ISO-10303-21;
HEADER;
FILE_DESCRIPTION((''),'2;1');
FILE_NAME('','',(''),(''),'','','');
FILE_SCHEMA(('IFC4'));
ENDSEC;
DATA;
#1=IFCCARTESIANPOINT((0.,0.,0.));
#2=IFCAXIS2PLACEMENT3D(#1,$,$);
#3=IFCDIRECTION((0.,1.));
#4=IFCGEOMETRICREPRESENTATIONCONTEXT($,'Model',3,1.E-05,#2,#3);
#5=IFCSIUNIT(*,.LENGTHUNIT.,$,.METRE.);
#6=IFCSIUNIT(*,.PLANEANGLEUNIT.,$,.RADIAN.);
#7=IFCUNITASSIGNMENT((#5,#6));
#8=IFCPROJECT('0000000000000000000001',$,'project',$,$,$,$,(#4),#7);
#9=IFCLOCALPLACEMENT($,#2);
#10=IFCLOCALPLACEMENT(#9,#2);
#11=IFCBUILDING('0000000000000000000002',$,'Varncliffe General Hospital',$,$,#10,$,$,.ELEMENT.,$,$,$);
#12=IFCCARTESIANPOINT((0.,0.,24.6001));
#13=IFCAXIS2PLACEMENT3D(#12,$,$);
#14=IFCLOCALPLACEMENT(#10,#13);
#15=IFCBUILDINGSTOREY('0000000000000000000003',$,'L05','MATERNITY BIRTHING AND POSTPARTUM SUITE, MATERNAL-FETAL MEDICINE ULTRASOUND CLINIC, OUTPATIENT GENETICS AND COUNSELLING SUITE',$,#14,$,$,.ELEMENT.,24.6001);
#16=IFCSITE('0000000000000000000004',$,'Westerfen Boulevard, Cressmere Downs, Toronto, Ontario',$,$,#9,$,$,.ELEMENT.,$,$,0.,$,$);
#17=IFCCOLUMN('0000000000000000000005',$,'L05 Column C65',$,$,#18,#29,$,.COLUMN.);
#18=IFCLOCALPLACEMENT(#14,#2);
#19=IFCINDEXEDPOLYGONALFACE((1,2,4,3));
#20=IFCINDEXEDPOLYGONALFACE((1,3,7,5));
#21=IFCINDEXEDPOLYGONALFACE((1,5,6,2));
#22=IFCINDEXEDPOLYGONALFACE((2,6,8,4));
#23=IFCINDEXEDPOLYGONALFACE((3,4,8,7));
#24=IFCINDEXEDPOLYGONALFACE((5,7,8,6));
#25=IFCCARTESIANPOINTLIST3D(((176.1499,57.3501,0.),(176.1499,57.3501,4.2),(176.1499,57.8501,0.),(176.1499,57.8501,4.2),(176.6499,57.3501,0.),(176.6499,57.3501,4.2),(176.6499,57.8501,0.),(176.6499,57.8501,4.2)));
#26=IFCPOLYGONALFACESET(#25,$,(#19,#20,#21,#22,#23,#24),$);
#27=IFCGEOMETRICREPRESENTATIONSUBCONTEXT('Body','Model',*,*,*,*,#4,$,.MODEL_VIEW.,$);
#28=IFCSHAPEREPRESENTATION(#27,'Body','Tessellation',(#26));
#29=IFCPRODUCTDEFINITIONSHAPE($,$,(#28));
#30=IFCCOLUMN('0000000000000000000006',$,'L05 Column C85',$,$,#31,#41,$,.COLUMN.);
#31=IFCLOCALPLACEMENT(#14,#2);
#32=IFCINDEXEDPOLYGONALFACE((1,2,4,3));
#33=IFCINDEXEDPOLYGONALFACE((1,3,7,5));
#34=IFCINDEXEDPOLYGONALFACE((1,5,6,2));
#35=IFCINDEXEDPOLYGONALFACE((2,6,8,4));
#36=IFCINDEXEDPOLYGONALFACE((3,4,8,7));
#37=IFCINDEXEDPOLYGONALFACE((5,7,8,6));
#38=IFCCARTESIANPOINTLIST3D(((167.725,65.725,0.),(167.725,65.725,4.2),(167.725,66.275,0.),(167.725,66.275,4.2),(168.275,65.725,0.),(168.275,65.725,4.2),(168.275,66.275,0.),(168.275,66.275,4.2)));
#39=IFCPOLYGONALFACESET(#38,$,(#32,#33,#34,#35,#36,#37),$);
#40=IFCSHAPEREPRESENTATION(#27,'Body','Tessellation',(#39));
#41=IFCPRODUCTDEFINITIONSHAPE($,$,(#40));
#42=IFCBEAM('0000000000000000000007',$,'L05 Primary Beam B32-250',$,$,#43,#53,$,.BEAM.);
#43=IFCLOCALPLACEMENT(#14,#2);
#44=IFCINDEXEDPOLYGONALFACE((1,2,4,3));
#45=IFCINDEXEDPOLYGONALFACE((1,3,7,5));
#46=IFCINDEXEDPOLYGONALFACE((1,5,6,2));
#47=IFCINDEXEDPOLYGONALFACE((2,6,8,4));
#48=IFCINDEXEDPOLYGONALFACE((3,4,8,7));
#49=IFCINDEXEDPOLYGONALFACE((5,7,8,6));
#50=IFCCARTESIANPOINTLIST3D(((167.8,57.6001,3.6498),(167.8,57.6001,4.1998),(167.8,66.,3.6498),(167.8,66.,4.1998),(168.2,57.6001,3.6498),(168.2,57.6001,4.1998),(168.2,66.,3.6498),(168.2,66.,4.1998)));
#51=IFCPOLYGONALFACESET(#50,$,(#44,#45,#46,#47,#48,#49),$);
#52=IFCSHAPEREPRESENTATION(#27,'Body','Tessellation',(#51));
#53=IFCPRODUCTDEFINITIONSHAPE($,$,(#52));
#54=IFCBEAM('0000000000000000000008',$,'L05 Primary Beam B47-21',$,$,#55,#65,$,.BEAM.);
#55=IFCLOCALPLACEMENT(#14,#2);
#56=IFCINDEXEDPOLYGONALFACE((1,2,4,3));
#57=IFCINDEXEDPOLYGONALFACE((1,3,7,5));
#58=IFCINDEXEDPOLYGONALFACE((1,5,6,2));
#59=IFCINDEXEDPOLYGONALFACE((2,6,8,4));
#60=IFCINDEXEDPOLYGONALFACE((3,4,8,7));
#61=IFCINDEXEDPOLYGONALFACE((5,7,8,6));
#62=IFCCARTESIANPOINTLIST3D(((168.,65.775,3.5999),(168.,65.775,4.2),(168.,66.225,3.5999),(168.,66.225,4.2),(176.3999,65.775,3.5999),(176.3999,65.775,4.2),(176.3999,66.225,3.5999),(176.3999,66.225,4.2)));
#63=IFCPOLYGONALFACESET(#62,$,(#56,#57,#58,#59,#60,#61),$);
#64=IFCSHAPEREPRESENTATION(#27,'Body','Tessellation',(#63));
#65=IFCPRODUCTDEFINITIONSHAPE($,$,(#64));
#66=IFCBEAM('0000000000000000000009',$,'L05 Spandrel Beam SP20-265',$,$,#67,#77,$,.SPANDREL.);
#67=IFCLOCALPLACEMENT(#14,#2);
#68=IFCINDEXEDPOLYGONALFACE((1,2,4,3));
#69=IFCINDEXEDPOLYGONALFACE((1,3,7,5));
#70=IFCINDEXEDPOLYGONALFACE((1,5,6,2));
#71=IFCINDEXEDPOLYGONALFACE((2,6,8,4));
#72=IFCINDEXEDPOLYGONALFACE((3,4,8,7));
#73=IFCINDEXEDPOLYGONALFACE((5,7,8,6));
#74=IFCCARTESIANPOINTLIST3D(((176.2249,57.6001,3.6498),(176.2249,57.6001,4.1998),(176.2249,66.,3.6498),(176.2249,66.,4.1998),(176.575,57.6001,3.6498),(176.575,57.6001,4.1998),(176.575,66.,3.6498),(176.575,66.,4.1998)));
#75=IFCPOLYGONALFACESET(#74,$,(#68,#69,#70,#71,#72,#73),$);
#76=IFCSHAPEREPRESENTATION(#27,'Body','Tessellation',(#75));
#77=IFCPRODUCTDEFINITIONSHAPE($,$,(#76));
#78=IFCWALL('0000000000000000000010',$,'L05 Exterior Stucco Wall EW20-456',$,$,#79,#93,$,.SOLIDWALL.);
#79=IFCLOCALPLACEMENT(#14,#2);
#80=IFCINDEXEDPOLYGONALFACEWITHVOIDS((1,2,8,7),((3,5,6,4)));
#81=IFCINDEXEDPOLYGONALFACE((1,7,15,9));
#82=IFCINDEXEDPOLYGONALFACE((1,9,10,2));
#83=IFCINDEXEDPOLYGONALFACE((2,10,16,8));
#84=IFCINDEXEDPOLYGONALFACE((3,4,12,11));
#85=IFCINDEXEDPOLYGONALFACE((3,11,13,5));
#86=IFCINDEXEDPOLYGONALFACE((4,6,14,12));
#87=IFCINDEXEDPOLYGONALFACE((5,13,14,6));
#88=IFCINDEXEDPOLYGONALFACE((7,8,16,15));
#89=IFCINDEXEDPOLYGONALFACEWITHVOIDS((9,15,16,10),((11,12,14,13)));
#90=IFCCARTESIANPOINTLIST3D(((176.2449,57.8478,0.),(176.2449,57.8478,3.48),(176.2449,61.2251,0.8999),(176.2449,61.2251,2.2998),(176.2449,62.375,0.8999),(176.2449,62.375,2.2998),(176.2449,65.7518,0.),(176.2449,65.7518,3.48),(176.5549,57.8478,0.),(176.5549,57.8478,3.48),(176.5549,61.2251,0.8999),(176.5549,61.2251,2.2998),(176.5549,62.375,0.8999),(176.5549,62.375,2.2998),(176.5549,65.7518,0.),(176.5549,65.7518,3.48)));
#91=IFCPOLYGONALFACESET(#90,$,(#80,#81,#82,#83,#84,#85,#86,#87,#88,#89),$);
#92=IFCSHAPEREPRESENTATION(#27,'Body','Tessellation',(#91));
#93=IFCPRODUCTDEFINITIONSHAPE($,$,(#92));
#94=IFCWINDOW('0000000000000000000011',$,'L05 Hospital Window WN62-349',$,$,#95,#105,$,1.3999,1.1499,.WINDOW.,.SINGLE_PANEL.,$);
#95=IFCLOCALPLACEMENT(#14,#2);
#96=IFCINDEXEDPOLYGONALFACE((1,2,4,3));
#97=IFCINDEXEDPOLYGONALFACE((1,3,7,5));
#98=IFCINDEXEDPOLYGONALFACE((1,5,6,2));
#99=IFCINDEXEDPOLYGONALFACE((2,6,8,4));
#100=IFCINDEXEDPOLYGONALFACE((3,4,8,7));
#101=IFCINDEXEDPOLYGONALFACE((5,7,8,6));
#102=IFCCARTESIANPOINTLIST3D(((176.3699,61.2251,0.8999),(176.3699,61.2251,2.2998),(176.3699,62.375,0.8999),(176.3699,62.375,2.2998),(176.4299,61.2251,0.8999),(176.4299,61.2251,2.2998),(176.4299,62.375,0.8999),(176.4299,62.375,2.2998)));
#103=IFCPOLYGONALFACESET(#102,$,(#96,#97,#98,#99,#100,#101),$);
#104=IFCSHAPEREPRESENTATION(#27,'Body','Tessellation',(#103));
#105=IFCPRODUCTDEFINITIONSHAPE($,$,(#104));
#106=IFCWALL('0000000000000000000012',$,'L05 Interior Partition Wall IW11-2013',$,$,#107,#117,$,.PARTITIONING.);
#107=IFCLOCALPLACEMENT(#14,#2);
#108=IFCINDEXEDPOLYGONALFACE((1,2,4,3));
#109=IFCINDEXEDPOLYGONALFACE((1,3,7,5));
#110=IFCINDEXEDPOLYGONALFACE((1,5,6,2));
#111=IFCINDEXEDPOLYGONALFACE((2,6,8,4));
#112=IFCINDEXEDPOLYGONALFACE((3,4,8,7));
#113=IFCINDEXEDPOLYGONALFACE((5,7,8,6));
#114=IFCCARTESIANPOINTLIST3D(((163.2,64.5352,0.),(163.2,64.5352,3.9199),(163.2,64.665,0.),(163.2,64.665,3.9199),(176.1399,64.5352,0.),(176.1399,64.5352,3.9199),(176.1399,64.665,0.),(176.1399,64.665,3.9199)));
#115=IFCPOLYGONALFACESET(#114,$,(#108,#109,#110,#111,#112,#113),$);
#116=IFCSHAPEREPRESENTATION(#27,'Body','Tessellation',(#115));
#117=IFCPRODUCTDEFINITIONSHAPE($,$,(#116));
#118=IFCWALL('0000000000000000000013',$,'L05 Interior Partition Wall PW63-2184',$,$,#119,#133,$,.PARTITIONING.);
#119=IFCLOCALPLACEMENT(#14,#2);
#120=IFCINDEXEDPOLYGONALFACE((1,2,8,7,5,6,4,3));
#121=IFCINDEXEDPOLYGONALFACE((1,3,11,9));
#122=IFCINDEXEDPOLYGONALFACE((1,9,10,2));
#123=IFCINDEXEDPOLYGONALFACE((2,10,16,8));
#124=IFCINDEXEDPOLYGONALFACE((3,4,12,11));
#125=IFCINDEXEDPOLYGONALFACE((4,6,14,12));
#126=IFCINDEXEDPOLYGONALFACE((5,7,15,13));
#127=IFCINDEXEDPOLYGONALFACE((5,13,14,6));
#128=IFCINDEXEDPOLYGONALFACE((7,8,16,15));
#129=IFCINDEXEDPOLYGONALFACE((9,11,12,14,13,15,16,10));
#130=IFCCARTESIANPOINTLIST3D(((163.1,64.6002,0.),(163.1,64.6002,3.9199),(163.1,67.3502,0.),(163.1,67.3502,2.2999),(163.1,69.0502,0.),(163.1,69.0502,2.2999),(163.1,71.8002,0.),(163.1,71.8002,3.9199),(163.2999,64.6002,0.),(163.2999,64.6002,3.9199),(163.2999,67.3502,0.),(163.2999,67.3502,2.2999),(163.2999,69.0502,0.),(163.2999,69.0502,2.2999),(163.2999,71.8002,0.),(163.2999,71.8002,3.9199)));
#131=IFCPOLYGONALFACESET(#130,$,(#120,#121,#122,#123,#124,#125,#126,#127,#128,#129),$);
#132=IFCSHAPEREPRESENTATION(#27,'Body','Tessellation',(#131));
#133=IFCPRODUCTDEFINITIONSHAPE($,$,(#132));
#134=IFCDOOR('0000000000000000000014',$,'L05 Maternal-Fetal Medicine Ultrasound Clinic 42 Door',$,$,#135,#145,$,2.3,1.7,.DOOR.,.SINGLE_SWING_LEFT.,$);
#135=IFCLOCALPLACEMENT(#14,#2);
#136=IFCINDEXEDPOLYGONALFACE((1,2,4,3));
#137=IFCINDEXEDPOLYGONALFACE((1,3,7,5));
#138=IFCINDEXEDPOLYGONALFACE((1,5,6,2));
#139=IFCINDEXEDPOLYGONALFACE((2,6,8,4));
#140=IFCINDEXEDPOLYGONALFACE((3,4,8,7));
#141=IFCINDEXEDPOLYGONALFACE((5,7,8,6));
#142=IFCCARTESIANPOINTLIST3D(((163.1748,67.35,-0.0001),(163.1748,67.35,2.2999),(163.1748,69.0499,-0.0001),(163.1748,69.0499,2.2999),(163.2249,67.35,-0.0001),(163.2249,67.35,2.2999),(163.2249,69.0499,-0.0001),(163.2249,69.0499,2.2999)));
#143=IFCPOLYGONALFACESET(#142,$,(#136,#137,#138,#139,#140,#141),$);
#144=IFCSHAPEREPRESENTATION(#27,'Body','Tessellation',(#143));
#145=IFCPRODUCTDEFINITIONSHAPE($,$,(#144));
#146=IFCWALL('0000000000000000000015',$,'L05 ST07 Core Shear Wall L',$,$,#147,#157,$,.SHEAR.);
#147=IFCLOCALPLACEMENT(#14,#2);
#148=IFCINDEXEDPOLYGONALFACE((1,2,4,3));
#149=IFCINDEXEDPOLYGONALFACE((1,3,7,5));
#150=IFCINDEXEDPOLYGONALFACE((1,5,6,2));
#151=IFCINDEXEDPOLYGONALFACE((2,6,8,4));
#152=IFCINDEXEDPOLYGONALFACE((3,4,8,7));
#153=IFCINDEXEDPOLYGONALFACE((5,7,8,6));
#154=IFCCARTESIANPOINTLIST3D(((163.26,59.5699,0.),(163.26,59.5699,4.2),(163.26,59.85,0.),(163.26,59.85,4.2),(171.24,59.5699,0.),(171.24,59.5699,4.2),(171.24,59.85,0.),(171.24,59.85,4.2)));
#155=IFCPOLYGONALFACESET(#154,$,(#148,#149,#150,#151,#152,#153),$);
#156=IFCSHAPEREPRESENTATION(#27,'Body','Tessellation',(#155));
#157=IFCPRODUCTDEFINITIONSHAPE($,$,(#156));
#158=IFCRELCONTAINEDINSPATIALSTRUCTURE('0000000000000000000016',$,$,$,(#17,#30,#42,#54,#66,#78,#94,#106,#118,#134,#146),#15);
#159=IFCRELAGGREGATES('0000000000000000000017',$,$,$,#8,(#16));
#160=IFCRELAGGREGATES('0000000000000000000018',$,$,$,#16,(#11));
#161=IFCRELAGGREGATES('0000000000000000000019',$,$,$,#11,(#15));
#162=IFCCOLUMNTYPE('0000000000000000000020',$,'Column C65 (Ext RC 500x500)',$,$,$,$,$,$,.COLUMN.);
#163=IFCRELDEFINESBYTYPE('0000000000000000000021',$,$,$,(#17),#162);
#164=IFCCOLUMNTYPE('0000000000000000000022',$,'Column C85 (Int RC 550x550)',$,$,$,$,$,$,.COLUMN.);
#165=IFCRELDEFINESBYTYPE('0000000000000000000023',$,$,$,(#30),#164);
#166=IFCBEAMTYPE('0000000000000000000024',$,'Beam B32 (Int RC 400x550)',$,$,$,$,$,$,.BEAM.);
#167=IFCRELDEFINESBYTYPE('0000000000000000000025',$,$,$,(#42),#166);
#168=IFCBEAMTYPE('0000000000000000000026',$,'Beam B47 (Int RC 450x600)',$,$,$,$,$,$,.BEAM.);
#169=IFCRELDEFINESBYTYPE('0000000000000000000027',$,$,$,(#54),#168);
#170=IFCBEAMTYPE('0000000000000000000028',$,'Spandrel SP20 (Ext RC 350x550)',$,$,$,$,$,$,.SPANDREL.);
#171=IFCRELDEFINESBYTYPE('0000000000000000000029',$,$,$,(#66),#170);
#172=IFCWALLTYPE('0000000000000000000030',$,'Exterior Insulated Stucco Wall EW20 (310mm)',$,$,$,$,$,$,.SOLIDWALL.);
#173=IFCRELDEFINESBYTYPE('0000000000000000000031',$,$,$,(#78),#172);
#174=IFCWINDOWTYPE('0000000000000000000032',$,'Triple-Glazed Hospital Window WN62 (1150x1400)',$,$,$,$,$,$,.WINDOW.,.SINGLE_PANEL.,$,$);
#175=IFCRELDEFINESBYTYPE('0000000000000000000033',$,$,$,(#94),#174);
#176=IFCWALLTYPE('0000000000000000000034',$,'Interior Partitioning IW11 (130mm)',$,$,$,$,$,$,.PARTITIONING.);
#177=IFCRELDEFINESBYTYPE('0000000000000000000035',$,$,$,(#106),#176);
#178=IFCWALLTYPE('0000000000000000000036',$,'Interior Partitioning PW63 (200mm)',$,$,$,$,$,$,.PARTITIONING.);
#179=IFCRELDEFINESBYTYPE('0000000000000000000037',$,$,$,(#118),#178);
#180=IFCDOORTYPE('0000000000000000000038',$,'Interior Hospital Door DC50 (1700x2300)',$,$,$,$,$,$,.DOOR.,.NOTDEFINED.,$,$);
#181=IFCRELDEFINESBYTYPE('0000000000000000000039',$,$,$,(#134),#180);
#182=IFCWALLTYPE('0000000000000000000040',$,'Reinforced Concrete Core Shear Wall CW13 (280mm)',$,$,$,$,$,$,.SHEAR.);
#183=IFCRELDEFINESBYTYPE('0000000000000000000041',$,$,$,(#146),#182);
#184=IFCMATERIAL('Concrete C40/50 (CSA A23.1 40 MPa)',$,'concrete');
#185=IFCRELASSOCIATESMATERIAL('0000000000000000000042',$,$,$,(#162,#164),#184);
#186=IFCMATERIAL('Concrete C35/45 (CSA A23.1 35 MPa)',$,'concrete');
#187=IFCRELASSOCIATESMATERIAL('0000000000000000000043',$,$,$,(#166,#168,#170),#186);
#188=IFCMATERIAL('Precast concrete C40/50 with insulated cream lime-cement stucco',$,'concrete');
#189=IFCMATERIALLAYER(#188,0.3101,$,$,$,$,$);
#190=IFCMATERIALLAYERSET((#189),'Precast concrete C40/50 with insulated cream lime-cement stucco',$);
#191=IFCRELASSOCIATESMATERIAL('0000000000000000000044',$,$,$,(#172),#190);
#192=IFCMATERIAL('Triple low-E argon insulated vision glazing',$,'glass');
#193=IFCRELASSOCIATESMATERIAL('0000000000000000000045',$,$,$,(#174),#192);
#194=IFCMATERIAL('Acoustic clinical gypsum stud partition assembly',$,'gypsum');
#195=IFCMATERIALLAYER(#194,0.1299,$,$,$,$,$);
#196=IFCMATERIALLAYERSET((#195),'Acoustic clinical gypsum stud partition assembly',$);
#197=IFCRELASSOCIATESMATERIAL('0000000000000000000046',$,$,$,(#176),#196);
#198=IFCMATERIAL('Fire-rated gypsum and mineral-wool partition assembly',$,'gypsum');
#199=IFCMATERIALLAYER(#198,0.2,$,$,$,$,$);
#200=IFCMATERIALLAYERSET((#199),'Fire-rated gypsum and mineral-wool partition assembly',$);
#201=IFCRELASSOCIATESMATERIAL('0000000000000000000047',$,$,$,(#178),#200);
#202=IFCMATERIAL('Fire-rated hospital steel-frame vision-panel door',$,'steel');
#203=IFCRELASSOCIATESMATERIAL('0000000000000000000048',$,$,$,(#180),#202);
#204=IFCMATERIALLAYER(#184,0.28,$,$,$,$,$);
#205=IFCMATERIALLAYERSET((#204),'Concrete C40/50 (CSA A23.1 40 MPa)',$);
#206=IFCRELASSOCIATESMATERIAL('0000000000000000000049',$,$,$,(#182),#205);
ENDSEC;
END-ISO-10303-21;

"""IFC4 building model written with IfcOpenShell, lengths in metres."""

from ifc_helpers import new_model, si_unit, direction, frame, frame_2d, origin, origin_2d, place, context, subcontext, project, spatial, rectangle, extrude, material, layer, layer_set, material_profile, profile_set, type_object, element, fill, save


model = new_model("IFC4")

# Units and contexts
model_context = context("Model", 3, precision=1e-05, world=origin(), true_north=direction((0.0, 1.0)))
body_context = subcontext(model_context, "Body", "Model", "MODEL_VIEW")
ifc_project = project(units=[si_unit("LENGTHUNIT", "METRE"), si_unit("PLANEANGLEUNIT", "RADIAN")], contexts=[model_context])

# Site, building, storey
site_placement = place(None, origin())
site = spatial("IfcSite", under=ifc_project, at=site_placement, Name="Westerfen Boulevard, Cressmere Downs, Toronto, Ontario", CompositionType="ELEMENT", RefElevation=0.0)
building_placement = place(site_placement, origin())
building = spatial("IfcBuilding", under=site, at=building_placement, Name="Varncliffe General Hospital", CompositionType="ELEMENT")
storey_placement = place(building_placement, frame((0.0, 0.0, 24.6001)))
storey = spatial("IfcBuildingStorey", under=building, at=storey_placement, Name="L05", Description="MATERNITY BIRTHING AND POSTPARTUM SUITE, MATERNAL-FETAL MEDICINE ULTRASOUND CLINIC, OUTPATIENT GENETICS AND COUNSELLING SUITE", CompositionType="ELEMENT", Elevation=24.6001)

# Columns
ifc_material_1 = material(Name="Concrete C40/50 (CSA A23.1 40 MPa)", Category="concrete")
ifc_material_profile_1 = material_profile(ifc_material_1, rectangle(XDim=0.5, YDim=0.5, at=origin_2d()), Name="RC 500x500")
ifc_profile_set_1 = profile_set([ifc_material_profile_1], Name="Concrete C40/50 (CSA A23.1 40 MPa)")
column_type_1 = type_object("IfcColumnType", Name="Column C65 (Ext RC 500x500)", PredefinedType="COLUMN", material=ifc_profile_set_1)
column_1_placement = place(storey_placement, frame((176.3999, 57.6001, 0.0), z_axis=(0.0, 0.0, 1.0), x_axis=(1.0, 0.0, 0.0)))
element("IfcColumn", 1, at=column_1_placement, inside=storey, type_object=column_type_1, Name="L05 Column C65", PredefinedType="COLUMN", context=body_context, shape_type="SweptSolid", body=[
    extrude(rectangle(XDim=0.5, YDim=0.5, at=origin_2d()), origin(), (0.0, 0.0, 1.0), 4.2),
])
ifc_material_profile_2 = material_profile(ifc_material_1, rectangle(XDim=0.55, YDim=0.55, at=origin_2d()), Name="RC 550x550")
ifc_profile_set_2 = profile_set([ifc_material_profile_2], Name="Concrete C40/50 (CSA A23.1 40 MPa)")
column_type_2 = type_object("IfcColumnType", Name="Column C85 (Int RC 550x550)", PredefinedType="COLUMN", material=ifc_profile_set_2)
column_2_placement = place(storey_placement, frame((168.0, 66.0, 0.0), z_axis=(0.0, 0.0, 1.0), x_axis=(1.0, 0.0, 0.0)))
element("IfcColumn", 2, at=column_2_placement, inside=storey, type_object=column_type_2, Name="L05 Column C85", PredefinedType="COLUMN", context=body_context, shape_type="SweptSolid", body=[
    extrude(rectangle(XDim=0.55, YDim=0.55, at=origin_2d()), origin(), (0.0, 0.0, 1.0), 4.2),
])

# Beams
ifc_material_2 = material(Name="Concrete C35/45 (CSA A23.1 35 MPa)", Category="concrete")
ifc_material_profile_3 = material_profile(ifc_material_2, rectangle(XDim=0.3999, YDim=0.55, at=origin_2d()), Name="RC 400x550")
ifc_profile_set_3 = profile_set([ifc_material_profile_3], Name="Concrete C35/45 (CSA A23.1 35 MPa)")
beam_type_1 = type_object("IfcBeamType", Name="Beam B32 (Int RC 400x550)", PredefinedType="BEAM", material=ifc_profile_set_3)
beam_1_placement = place(storey_placement, frame((168.0, 57.6001, 3.9248), z_axis=(0.0, 1.0, 0.0), x_axis=(-1.0, 0.0, 0.0)))
element("IfcBeam", 3, at=beam_1_placement, inside=storey, type_object=beam_type_1, Name="L05 Primary Beam B32-250", PredefinedType="BEAM", context=body_context, shape_type="SweptSolid", body=[
    extrude(rectangle(XDim=0.3999, YDim=0.55, at=origin_2d()), origin(), (0.0, 0.0, 1.0), 8.3999),
])
ifc_material_profile_4 = material_profile(ifc_material_2, rectangle(XDim=0.45, YDim=0.6001, at=origin_2d()), Name="RC 450x600")
ifc_profile_set_4 = profile_set([ifc_material_profile_4], Name="Concrete C35/45 (CSA A23.1 35 MPa)")
beam_type_2 = type_object("IfcBeamType", Name="Beam B47 (Int RC 450x600)", PredefinedType="BEAM", material=ifc_profile_set_4)
beam_2_placement = place(storey_placement, frame((168.0, 66.0, 3.8999), z_axis=(1.0, 0.0, 0.0), x_axis=(0.0, 1.0, 0.0)))
element("IfcBeam", 4, at=beam_2_placement, inside=storey, type_object=beam_type_2, Name="L05 Primary Beam B47-21", PredefinedType="BEAM", context=body_context, shape_type="SweptSolid", body=[
    extrude(rectangle(XDim=0.45, YDim=0.6001, at=origin_2d()), origin(), (0.0, 0.0, 1.0), 8.3999),
])
ifc_material_profile_5 = material_profile(ifc_material_2, rectangle(XDim=0.3501, YDim=0.55, at=origin_2d()), Name="RC 350x550")
ifc_profile_set_5 = profile_set([ifc_material_profile_5], Name="Concrete C35/45 (CSA A23.1 35 MPa)")
beam_type_3 = type_object("IfcBeamType", Name="Spandrel SP20 (Ext RC 350x550)", PredefinedType="SPANDREL", material=ifc_profile_set_5)
beam_3_placement = place(storey_placement, frame((176.3999, 57.6001, 3.9248), z_axis=(0.0, 1.0, 0.0), x_axis=(-1.0, 0.0, 0.0)))
element("IfcBeam", 5, at=beam_3_placement, inside=storey, type_object=beam_type_3, Name="L05 Spandrel Beam SP20-265", PredefinedType="SPANDREL", context=body_context, shape_type="SweptSolid", body=[
    extrude(rectangle(XDim=0.3501, YDim=0.55, at=origin_2d()), origin(), (0.0, 0.0, 1.0), 8.3999),
])

# Wall, opening, window
ifc_material_3 = material(Name="Precast concrete C40/50 with insulated cream lime-cement stucco", Category="concrete")
ifc_layer_1 = layer(ifc_material_3, 0.3101)
ifc_layer_set_1 = layer_set([ifc_layer_1], Name="Precast concrete C40/50 with insulated cream lime-cement stucco")
wall_type_1 = type_object("IfcWallType", Name="Exterior Insulated Stucco Wall EW20 (310mm)", PredefinedType="SOLIDWALL", material=ifc_layer_set_1)
wall_1_placement = place(storey_placement, frame((176.3999, 65.752, 0.0), z_axis=(0.0, 0.0, 1.0), x_axis=(0.0, -1.0, 0.0)))
wall_1 = element("IfcWall", 6, at=wall_1_placement, inside=storey, type_object=wall_type_1, Name="L05 Exterior Stucco Wall EW20-456", PredefinedType="SOLIDWALL", context=body_context, shape_type="SweptSolid", body=[
    extrude(rectangle(XDim=7.9041, YDim=0.3101, at=frame_2d((3.9521, 0.0))), origin(), (0.0, 0.0, 1.0), 3.48),
])
opening_1_placement = place(wall_1_placement, frame((3.377, 0.0, 0.8999)))
opening_1 = element("IfcOpeningElement", 7, at=opening_1_placement, cuts=wall_1, PredefinedType="OPENING", context=body_context, shape_type="SweptSolid", body=[
    extrude(rectangle(XDim=1.1499, YDim=1.3999, at=frame_2d((0.575, 0.7))), frame((0.0, 0.165, 0.0), z_axis=(0.0, -1.0, 0.0), x_axis=(1.0, 0.0, 0.0)), (0.0, 0.0, 1.0), 0.3301),
])
ifc_material_4 = material(Name="Triple low-E argon insulated vision glazing", Category="glass")
window_type = type_object("IfcWindowType", Name="Triple-Glazed Hospital Window WN62 (1150x1400)", PartitioningType="SINGLE_PANEL", PredefinedType="WINDOW", material=ifc_material_4)
window_placement = place(opening_1_placement, origin())
window = element("IfcWindow", 8, at=window_placement, inside=storey, type_object=window_type, Name="L05 Hospital Window WN62-349", OverallHeight=1.3999, OverallWidth=1.1499, PartitioningType="SINGLE_PANEL", PredefinedType="WINDOW", context=body_context, shape_type="SweptSolid", body=[
    extrude(rectangle(XDim=1.1499, YDim=1.3999, at=frame_2d((0.575, 0.7))), frame((0.0, 0.03, 0.0), z_axis=(0.0, -1.0, 0.0), x_axis=(1.0, 0.0, 0.0)), (0.0, 0.0, 1.0), 0.0601),
])
fill(opening_1, window)

# Wall
ifc_material_5 = material(Name="Acoustic clinical gypsum stud partition assembly", Category="gypsum")
ifc_layer_2 = layer(ifc_material_5, 0.1299)
ifc_layer_set_2 = layer_set([ifc_layer_2], Name="Acoustic clinical gypsum stud partition assembly")
wall_type_2 = type_object("IfcWallType", Name="Interior Partitioning IW11 (130mm)", PredefinedType="PARTITIONING", material=ifc_layer_set_2)
wall_2_placement = place(storey_placement, frame((163.2, 64.6001, 0.0), z_axis=(0.0, 0.0, 1.0), x_axis=(1.0, 0.0, 0.0)))
element("IfcWall", 9, at=wall_2_placement, inside=storey, type_object=wall_type_2, Name="L05 Interior Partition Wall IW11-2013", PredefinedType="PARTITIONING", context=body_context, shape_type="SweptSolid", body=[
    extrude(rectangle(XDim=12.9399, YDim=0.1299, at=frame_2d((6.47, 0.0))), origin(), (0.0, 0.0, 1.0), 3.9199),
])

# Wall, opening, door
ifc_material_6 = material(Name="Fire-rated gypsum and mineral-wool partition assembly", Category="gypsum")
ifc_layer_3 = layer(ifc_material_6, 0.2)
ifc_layer_set_3 = layer_set([ifc_layer_3], Name="Fire-rated gypsum and mineral-wool partition assembly")
wall_type_3 = type_object("IfcWallType", Name="Interior Partitioning PW63 (200mm)", PredefinedType="PARTITIONING", material=ifc_layer_set_3)
wall_3_placement = place(storey_placement, frame((163.2, 64.6001, 0.0), z_axis=(0.0, 0.0, 1.0), x_axis=(0.0, 1.0, 0.0)))
wall_3 = element("IfcWall", 10, at=wall_3_placement, inside=storey, type_object=wall_type_3, Name="L05 Interior Partition Wall PW63-2184", PredefinedType="PARTITIONING", context=body_context, shape_type="SweptSolid", body=[
    extrude(rectangle(XDim=7.2, YDim=0.2, at=frame_2d((3.6001, 0.0))), origin(), (0.0, 0.0, 1.0), 3.9199),
])
opening_2_placement = place(wall_3_placement, frame((2.75, 0.0, 0.0)))
opening_2 = element("IfcOpeningElement", 11, at=opening_2_placement, cuts=wall_3, PredefinedType="OPENING", context=body_context, shape_type="SweptSolid", body=[
    extrude(rectangle(XDim=1.7, YDim=2.3, at=frame_2d((0.8501, 1.1499))), frame((0.0, 0.1099, 0.0), z_axis=(0.0, -1.0, 0.0), x_axis=(1.0, 0.0, 0.0)), (0.0, 0.0, 1.0), 0.22),
])
ifc_material_7 = material(Name="Fire-rated hospital steel-frame vision-panel door", Category="steel")
door_type_1 = type_object("IfcDoorType", Name="Interior Hospital Door DC50 (1700x2300)", OperationType="NOTDEFINED", PredefinedType="DOOR", material=ifc_material_7)
door_1_placement = place(opening_2_placement, frame((1.7, 0.0, 0.0), z_axis=(0.0, 0.0, 1.0), x_axis=(-1.0, 0.0, 0.0)))
door_1 = element("IfcDoor", 12, at=door_1_placement, inside=storey, type_object=door_type_1, Name="L05 Maternal-Fetal Medicine Ultrasound Clinic 42 Door", OperationType="SINGLE_SWING_LEFT", OverallHeight=2.3, OverallWidth=1.7, PredefinedType="DOOR", context=body_context, shape_type="SweptSolid", body=[
    extrude(rectangle(XDim=1.7, YDim=2.3, at=frame_2d((0.8501, 1.1499))), frame((0.0, 0.0249, 0.0), z_axis=(0.0, -1.0, 0.0), x_axis=(1.0, 0.0, 0.0)), (0.0, 0.0, 1.0), 0.05),
])
fill(opening_2, door_1)

# Wall
ifc_layer_4 = layer(ifc_material_1, 0.28)
ifc_layer_set_4 = layer_set([ifc_layer_4], Name="Concrete C40/50 (CSA A23.1 40 MPa)")
wall_type_4 = type_object("IfcWallType", Name="Reinforced Concrete Core Shear Wall CW13 (280mm)", PredefinedType="SHEAR", material=ifc_layer_set_4)
wall_4_placement = place(storey_placement, frame((163.26, 59.71, 0.0), z_axis=(0.0, 0.0, 1.0), x_axis=(1.0, 0.0, 0.0)))
element("IfcWall", 13, at=wall_4_placement, inside=storey, type_object=wall_type_4, Name="L05 ST07 Core Shear Wall L", PredefinedType="SHEAR", context=body_context, shape_type="SweptSolid", body=[
    extrude(rectangle(XDim=7.98, YDim=0.28, at=frame_2d((3.99, 0.0))), origin(), (0.0, 0.0, 1.0), 4.2),
])

save(model, "model.ifc")
